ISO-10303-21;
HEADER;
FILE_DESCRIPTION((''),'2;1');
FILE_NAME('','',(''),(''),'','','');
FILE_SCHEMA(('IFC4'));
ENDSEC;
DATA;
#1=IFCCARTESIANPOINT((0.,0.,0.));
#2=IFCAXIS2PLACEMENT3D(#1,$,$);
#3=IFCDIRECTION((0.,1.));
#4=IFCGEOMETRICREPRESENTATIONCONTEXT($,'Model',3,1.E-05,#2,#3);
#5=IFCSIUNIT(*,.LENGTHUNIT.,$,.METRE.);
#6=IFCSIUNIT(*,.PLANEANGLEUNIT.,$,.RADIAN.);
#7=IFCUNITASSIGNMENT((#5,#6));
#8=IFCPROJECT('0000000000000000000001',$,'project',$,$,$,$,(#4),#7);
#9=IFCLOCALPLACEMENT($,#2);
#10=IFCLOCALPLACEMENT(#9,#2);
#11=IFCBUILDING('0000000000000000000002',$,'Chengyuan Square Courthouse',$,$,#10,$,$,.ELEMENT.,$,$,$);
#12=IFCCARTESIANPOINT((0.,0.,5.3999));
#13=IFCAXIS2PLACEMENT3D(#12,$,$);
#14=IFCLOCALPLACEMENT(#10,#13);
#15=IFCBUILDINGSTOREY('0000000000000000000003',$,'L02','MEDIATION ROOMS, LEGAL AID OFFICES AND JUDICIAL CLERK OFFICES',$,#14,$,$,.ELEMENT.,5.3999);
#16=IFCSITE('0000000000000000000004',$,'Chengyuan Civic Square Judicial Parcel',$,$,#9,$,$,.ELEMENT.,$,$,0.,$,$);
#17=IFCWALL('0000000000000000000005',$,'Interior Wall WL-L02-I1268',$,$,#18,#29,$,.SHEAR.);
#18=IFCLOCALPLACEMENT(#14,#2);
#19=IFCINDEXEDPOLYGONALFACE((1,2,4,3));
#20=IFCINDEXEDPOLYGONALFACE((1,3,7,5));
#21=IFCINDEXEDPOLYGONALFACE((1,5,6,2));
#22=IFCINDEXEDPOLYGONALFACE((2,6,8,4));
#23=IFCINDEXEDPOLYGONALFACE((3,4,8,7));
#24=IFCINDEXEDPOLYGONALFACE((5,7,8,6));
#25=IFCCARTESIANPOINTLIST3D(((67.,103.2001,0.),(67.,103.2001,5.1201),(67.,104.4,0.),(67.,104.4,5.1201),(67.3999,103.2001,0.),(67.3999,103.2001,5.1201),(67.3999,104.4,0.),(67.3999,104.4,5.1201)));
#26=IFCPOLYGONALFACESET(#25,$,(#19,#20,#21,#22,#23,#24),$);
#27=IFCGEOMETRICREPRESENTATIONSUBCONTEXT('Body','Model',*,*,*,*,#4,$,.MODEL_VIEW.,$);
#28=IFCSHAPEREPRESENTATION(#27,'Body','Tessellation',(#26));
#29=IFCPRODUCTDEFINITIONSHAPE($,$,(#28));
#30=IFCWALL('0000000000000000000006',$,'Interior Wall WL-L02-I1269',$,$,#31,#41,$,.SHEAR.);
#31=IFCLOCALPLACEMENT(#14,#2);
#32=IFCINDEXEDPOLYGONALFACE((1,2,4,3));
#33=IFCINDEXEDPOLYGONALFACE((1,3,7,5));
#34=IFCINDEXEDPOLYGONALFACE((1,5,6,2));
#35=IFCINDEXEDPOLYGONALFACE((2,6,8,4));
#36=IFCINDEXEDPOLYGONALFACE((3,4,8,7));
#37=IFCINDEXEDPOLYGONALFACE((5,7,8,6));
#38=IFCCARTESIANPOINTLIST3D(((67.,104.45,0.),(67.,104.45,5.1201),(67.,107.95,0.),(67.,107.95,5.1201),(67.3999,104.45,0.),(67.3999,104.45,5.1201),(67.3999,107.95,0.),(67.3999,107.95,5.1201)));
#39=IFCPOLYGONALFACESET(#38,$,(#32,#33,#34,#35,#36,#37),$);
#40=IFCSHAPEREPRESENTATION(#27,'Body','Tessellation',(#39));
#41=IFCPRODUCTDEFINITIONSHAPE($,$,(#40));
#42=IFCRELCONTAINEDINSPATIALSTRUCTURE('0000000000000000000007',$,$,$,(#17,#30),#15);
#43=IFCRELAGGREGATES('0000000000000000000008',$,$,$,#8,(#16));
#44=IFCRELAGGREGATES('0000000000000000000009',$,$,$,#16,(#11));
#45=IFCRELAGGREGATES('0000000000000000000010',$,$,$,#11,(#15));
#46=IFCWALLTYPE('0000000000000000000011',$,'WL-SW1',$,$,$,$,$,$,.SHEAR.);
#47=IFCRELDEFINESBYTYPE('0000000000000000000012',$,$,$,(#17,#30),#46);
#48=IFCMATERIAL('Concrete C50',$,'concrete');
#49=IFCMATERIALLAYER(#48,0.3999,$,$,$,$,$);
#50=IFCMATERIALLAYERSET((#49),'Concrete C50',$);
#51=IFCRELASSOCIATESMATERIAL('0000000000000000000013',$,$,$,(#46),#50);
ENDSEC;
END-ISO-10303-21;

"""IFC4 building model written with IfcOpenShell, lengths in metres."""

from ifc_helpers import new_model, si_unit, direction, frame, frame_2d, origin, place, context, subcontext, project, spatial, rectangle, extrude, material, layer, layer_set, type_object, element, save


model = new_model("IFC4")

# Units and contexts
model_context = context("Model", 3, precision=1e-05, world=origin(), true_north=direction((0.0, 1.0)))
body_context = subcontext(model_context, "Body", "Model", "MODEL_VIEW")
ifc_project = project(units=[si_unit("LENGTHUNIT", "METRE"), si_unit("PLANEANGLEUNIT", "RADIAN")], contexts=[model_context])

# Site, building, storey
site_placement = place(None, origin())
site = spatial("IfcSite", under=ifc_project, at=site_placement, Name="Chengyuan Civic Square Judicial Parcel", CompositionType="ELEMENT", RefElevation=0.0)
building_placement = place(site_placement, origin())
building = spatial("IfcBuilding", under=site, at=building_placement, Name="Chengyuan Square Courthouse", CompositionType="ELEMENT")
storey_placement = place(building_placement, frame((0.0, 0.0, 5.3999)))
storey = spatial("IfcBuildingStorey", under=building, at=storey_placement, Name="L02", Description="MEDIATION ROOMS, LEGAL AID OFFICES AND JUDICIAL CLERK OFFICES", CompositionType="ELEMENT", Elevation=5.3999)

# Shared definitions
ifc_material_1 = material(Name="Concrete C50", Category="concrete")

# Walls
ifc_layer_1 = layer(ifc_material_1, 0.3999)
ifc_layer_set_1 = layer_set([ifc_layer_1], Name="Concrete C50")
wall_type_1 = type_object("IfcWallType", Name="WL-SW1", PredefinedType="SHEAR", material=ifc_layer_set_1)
wall_1_placement = place(storey_placement, frame((67.2, 103.2, 0.0), z_axis=(0.0, 0.0, 1.0), x_axis=(0.0, 1.0, 0.0)))
element("IfcWall", 1, at=wall_1_placement, inside=storey, type_object=wall_type_1, Name="Interior Wall WL-L02-I1268", PredefinedType="SHEAR", context=body_context, shape_type="SweptSolid", body=[
    extrude(rectangle(XDim=1.2, YDim=0.3999, at=frame_2d((0.6001, 0.0))), origin(), (0.0, 0.0, 1.0), 5.1201),
])
wall_2_placement = place(storey_placement, frame((67.2, 104.45, 0.0), z_axis=(0.0, 0.0, 1.0), x_axis=(0.0, 1.0, 0.0)))
element("IfcWall", 2, at=wall_2_placement, inside=storey, type_object=wall_type_1, Name="Interior Wall WL-L02-I1269", PredefinedType="SHEAR", context=body_context, shape_type="SweptSolid", body=[
    extrude(rectangle(XDim=3.5, YDim=0.3999, at=frame_2d((1.75, 0.0))), origin(), (0.0, 0.0, 1.0), 5.1201),
])

save(model, "model.ifc")
